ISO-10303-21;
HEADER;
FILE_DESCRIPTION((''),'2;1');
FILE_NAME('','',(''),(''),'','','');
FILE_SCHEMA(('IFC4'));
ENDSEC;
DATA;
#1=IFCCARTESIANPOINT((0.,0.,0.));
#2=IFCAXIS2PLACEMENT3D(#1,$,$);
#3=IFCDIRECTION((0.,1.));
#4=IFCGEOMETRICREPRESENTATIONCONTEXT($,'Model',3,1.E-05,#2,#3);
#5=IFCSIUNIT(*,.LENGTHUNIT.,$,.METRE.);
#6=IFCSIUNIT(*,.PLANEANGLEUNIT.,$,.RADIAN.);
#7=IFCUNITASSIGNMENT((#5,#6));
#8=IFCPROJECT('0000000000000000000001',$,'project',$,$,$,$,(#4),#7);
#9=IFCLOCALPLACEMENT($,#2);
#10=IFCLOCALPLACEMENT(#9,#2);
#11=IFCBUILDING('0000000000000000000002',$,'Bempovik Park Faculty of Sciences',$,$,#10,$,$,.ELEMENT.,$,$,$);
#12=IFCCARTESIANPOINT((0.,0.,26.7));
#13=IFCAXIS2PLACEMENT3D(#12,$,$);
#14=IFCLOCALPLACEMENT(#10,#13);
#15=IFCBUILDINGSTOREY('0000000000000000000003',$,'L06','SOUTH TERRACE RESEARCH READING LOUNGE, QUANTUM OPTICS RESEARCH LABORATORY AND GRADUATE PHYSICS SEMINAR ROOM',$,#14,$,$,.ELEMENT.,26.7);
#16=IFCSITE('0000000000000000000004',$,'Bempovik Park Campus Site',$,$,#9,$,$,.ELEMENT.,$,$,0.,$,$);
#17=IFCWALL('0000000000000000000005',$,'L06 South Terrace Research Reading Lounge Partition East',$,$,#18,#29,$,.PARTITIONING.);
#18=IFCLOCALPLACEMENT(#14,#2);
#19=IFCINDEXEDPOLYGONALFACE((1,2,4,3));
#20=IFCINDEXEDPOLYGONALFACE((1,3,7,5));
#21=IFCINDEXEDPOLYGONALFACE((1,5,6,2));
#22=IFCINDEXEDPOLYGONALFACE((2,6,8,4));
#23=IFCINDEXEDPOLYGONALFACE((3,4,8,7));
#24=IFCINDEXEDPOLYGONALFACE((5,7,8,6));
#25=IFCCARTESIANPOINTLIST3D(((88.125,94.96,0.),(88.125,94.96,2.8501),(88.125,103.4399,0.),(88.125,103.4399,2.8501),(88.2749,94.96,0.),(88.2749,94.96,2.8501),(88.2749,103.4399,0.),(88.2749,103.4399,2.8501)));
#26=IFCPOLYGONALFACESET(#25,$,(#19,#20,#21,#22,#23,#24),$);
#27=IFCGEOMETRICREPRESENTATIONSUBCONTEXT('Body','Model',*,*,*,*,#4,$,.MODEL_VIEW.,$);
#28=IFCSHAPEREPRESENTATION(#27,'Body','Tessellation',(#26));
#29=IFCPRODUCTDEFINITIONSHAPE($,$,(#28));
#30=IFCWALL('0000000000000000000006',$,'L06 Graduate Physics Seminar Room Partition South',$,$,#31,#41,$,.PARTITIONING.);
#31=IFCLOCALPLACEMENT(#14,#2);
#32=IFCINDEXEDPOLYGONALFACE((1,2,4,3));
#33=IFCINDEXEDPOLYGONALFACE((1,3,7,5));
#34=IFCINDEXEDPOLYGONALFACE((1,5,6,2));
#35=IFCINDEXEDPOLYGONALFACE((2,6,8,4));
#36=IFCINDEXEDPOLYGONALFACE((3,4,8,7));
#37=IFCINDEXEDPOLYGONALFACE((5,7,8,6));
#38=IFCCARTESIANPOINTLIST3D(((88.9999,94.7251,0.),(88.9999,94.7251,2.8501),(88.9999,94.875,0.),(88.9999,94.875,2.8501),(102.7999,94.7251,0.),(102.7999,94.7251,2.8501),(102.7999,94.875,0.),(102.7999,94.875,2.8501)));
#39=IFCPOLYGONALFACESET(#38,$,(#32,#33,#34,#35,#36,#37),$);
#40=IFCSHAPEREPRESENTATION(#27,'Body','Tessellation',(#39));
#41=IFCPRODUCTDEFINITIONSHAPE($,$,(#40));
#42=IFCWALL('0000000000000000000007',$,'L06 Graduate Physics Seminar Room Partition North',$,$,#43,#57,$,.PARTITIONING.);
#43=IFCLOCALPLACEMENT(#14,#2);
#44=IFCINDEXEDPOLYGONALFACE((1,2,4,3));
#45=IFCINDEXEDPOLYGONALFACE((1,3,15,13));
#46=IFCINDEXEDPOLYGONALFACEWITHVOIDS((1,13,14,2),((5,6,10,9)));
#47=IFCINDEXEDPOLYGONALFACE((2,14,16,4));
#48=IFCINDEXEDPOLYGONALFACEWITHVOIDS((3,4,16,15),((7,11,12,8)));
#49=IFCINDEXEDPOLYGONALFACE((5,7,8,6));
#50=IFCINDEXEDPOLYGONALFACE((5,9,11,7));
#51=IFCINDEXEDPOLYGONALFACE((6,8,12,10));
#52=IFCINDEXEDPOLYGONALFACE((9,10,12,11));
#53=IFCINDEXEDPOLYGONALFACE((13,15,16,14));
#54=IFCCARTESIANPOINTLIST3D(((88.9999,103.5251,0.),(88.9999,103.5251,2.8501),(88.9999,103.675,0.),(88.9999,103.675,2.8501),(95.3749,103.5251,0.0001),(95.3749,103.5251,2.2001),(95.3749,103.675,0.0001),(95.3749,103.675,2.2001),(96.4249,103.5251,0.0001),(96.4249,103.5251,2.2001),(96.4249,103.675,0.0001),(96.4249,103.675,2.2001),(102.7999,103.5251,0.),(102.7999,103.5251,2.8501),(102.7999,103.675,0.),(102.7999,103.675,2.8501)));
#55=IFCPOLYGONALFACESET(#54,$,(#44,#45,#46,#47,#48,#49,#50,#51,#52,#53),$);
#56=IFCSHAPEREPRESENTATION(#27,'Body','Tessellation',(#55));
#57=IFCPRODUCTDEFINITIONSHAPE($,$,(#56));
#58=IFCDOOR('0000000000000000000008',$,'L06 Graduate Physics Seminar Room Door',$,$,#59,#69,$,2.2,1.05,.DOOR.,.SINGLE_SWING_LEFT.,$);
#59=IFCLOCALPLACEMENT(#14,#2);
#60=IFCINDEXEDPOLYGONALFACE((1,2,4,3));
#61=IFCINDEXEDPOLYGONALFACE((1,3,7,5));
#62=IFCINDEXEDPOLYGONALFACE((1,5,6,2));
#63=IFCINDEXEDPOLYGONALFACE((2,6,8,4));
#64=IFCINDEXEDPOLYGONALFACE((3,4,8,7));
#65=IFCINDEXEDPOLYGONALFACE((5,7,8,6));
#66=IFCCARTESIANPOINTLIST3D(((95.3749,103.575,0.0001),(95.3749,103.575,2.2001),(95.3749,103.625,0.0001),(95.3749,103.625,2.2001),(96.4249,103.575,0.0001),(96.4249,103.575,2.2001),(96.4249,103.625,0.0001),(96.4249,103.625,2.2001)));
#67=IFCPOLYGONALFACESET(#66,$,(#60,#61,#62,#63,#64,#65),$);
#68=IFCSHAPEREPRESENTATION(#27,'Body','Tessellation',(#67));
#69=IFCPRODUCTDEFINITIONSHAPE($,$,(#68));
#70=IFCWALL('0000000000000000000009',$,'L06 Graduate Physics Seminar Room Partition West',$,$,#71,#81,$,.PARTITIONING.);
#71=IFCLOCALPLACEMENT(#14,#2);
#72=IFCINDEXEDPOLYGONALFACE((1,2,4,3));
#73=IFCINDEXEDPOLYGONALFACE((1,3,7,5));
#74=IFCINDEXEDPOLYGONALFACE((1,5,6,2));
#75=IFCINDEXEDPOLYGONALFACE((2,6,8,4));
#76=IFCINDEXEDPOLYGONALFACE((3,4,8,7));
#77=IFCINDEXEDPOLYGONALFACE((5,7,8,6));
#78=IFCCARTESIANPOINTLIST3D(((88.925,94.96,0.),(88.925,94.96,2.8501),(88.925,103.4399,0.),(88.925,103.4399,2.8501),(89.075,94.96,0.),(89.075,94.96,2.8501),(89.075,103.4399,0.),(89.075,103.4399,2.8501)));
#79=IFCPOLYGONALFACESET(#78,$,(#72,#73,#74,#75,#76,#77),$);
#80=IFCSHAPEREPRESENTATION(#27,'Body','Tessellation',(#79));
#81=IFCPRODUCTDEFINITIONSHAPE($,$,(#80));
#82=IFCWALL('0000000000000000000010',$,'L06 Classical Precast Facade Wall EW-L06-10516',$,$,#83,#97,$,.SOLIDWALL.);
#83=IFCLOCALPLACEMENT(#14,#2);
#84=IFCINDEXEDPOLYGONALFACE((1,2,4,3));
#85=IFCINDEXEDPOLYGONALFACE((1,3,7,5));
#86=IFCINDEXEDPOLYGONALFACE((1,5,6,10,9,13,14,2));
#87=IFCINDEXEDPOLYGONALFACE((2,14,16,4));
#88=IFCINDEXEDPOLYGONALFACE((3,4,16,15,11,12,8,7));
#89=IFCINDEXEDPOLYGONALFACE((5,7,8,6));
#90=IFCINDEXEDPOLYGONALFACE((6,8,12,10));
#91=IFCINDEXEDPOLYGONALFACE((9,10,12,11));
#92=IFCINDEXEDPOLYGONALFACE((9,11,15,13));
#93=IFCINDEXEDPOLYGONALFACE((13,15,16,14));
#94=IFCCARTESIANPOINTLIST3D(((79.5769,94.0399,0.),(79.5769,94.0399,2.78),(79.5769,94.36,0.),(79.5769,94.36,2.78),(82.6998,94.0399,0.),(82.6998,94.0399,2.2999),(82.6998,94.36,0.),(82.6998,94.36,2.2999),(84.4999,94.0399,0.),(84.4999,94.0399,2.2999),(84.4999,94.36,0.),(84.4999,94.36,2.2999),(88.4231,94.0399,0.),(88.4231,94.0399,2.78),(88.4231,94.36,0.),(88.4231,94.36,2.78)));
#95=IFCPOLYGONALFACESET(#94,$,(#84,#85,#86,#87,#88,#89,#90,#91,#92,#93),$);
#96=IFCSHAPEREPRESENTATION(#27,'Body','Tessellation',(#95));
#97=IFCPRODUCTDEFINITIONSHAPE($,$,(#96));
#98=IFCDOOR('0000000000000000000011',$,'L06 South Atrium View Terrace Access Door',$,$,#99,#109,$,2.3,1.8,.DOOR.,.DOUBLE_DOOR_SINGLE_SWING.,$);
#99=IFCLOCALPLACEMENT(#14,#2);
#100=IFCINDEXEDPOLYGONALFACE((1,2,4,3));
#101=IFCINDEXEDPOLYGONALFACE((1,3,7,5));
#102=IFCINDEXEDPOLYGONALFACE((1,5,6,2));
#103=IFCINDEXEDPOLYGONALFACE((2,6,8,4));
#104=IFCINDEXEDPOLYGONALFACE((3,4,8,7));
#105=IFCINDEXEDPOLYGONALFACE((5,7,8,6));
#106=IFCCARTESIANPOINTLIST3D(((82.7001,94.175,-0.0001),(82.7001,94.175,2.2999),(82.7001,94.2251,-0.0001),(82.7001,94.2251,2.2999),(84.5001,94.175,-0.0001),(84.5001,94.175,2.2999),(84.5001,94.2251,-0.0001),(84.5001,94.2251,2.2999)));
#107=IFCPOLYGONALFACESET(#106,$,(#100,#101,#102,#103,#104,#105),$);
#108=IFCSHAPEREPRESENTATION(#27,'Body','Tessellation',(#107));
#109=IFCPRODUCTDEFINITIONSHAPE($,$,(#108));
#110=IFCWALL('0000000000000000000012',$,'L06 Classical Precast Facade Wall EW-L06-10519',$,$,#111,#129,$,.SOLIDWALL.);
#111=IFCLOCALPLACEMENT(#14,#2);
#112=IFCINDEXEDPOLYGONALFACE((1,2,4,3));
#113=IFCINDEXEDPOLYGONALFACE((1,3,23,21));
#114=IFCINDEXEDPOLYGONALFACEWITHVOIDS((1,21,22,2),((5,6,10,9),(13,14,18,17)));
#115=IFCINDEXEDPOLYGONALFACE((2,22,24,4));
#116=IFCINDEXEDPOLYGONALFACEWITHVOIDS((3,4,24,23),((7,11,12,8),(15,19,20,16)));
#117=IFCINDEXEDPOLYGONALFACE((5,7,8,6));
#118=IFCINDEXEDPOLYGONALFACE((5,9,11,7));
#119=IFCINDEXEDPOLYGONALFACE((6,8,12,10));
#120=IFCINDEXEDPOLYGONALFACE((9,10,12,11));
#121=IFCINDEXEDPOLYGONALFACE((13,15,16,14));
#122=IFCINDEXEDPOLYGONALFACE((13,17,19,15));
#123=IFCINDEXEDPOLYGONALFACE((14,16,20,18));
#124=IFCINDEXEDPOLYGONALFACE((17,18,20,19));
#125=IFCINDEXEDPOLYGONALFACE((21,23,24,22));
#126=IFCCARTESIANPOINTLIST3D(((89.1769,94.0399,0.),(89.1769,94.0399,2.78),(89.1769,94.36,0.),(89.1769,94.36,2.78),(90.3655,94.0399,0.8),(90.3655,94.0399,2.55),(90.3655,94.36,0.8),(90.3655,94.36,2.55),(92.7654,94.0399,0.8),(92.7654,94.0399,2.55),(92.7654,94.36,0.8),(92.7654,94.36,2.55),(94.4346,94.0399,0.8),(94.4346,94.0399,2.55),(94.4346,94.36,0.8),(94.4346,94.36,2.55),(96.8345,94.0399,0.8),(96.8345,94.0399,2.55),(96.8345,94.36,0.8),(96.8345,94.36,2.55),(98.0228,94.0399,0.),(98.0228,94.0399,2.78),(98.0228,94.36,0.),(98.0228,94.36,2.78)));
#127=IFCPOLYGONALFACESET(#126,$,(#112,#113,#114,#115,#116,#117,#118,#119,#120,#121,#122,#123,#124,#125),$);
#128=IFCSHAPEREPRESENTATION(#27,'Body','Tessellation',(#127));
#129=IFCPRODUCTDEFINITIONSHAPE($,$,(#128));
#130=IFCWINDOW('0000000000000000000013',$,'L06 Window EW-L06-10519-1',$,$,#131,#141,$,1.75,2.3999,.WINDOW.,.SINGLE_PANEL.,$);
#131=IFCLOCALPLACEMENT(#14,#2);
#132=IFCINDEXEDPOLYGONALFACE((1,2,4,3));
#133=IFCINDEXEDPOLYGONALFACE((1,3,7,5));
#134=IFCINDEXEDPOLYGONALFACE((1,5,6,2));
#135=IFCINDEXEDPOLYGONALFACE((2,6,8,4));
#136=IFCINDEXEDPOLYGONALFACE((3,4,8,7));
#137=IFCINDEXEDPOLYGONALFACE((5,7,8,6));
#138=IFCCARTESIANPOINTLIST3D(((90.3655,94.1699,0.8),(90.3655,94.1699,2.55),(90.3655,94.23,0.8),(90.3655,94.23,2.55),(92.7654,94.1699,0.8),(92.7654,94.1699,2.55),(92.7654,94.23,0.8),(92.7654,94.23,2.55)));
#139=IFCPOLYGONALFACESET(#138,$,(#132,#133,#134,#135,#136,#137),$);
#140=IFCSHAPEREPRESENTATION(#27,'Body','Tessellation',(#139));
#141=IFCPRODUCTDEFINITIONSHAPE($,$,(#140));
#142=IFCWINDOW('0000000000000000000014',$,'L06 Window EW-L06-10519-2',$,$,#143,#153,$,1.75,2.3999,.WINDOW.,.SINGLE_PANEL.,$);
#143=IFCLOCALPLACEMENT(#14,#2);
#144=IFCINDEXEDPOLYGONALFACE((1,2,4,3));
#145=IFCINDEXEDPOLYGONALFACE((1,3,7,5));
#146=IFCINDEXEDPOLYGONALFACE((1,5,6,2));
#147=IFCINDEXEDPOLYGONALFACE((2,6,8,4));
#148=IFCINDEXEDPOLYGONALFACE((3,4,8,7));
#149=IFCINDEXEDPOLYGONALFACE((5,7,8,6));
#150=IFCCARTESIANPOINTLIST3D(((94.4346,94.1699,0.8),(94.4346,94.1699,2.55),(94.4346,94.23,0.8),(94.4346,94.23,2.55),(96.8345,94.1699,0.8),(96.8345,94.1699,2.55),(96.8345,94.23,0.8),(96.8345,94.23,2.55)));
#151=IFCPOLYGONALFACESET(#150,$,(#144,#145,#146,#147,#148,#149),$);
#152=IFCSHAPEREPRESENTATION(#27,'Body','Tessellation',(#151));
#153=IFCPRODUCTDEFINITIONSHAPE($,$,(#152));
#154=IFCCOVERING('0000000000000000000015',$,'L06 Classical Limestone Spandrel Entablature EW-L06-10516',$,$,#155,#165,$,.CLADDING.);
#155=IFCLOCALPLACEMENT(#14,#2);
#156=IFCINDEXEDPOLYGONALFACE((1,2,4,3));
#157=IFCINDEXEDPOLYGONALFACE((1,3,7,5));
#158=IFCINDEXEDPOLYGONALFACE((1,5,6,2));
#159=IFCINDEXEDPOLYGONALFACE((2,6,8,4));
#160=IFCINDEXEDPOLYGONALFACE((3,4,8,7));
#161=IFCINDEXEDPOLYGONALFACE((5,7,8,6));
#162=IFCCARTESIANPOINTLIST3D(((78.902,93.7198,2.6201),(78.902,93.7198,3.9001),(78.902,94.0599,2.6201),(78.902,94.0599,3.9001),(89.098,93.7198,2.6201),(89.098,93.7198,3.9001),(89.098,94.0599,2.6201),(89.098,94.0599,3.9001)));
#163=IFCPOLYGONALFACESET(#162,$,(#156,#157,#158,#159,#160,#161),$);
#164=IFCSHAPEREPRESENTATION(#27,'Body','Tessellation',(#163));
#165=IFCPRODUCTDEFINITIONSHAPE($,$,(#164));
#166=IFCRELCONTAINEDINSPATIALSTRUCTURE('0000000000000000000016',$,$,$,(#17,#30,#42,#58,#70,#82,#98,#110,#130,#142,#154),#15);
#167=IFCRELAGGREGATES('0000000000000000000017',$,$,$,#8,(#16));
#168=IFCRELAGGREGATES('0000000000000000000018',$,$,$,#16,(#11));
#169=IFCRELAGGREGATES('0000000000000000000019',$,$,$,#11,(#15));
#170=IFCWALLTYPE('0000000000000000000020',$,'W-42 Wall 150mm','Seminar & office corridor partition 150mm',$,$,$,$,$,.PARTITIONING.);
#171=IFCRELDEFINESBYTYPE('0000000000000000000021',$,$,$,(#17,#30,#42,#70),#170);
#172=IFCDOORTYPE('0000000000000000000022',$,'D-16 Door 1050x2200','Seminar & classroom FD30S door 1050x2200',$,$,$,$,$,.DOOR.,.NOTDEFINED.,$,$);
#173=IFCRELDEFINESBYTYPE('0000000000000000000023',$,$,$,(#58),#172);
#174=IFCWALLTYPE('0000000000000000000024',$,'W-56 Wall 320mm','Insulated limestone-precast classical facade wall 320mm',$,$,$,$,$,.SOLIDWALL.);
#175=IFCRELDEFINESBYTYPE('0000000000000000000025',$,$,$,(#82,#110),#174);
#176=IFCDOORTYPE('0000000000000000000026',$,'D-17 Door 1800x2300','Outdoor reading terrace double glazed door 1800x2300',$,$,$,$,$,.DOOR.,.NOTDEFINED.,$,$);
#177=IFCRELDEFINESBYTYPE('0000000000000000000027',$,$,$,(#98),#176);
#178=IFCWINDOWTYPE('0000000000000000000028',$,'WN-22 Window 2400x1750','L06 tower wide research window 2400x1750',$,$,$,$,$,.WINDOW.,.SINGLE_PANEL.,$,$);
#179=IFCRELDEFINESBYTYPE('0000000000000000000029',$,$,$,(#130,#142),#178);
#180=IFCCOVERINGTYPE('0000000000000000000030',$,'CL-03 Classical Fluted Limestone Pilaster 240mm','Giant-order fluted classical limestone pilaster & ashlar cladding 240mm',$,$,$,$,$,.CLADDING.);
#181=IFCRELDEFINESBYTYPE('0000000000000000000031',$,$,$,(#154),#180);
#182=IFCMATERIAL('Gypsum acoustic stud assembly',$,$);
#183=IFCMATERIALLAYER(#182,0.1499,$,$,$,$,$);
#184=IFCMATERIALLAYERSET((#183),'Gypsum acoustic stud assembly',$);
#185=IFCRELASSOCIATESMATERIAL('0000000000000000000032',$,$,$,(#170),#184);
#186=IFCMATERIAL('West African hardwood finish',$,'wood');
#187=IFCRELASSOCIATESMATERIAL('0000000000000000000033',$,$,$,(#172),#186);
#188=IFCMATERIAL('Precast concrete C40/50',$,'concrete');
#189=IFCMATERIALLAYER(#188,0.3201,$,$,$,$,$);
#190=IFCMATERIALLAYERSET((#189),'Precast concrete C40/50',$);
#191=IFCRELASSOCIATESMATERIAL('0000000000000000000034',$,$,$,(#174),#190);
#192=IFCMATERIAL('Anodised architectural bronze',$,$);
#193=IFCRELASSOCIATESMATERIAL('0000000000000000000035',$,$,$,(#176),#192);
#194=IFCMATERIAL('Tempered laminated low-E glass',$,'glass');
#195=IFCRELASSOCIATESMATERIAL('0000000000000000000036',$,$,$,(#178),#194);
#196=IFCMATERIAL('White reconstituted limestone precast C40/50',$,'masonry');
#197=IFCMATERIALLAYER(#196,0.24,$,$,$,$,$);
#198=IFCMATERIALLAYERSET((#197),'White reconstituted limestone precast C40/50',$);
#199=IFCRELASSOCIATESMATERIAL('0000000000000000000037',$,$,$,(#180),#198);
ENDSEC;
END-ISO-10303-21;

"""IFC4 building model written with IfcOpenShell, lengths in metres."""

from ifc_helpers import new_model, si_unit, direction, frame, frame_2d, origin, origin_2d, place, context, subcontext, project, spatial, rectangle, extrude, material, layer, layer_set, type_object, element, fill, save


model = new_model("IFC4")

# Units and contexts
model_context = context("Model", 3, precision=1e-05, world=origin(), true_north=direction((0.0, 1.0)))
body_context = subcontext(model_context, "Body", "Model", "MODEL_VIEW")
ifc_project = project(units=[si_unit("LENGTHUNIT", "METRE"), si_unit("PLANEANGLEUNIT", "RADIAN")], contexts=[model_context])

# Site, building, storey
site_placement = place(None, origin())
site = spatial("IfcSite", under=ifc_project, at=site_placement, Name="Bempovik Park Campus Site", CompositionType="ELEMENT", RefElevation=0.0)
building_placement = place(site_placement, origin())
building = spatial("IfcBuilding", under=site, at=building_placement, Name="Bempovik Park Faculty of Sciences", CompositionType="ELEMENT")
storey_placement = place(building_placement, frame((0.0, 0.0, 26.7)))
storey = spatial("IfcBuildingStorey", under=building, at=storey_placement, Name="L06", Description="SOUTH TERRACE RESEARCH READING LOUNGE, QUANTUM OPTICS RESEARCH LABORATORY AND GRADUATE PHYSICS SEMINAR ROOM", CompositionType="ELEMENT", Elevation=26.7)

# Walls
ifc_material_1 = material(Name="Gypsum acoustic stud assembly")
ifc_layer_1 = layer(ifc_material_1, 0.1499)
ifc_layer_set_1 = layer_set([ifc_layer_1], Name="Gypsum acoustic stud assembly")
wall_type_1 = type_object("IfcWallType", Name="W-42 Wall 150mm", Description="Seminar & office corridor partition 150mm", PredefinedType="PARTITIONING", material=ifc_layer_set_1)
wall_1_placement = place(storey_placement, frame((88.2, 94.96, 0.0), z_axis=(0.0, 0.0, 1.0), x_axis=(0.0, 1.0, 0.0)))
element("IfcWall", 1, at=wall_1_placement, inside=storey, type_object=wall_type_1, Name="L06 South Terrace Research Reading Lounge Partition East", PredefinedType="PARTITIONING", context=body_context, shape_type="SweptSolid", body=[
    extrude(rectangle(XDim=8.48, YDim=0.1499, at=frame_2d((4.24, 0.0))), origin(), (0.0, 0.0, 1.0), 2.8501),
])
wall_2_placement = place(storey_placement, frame((89.0, 94.8, 0.0), z_axis=(0.0, 0.0, 1.0), x_axis=(1.0, 0.0, 0.0)))
element("IfcWall", 2, at=wall_2_placement, inside=storey, type_object=wall_type_1, Name="L06 Graduate Physics Seminar Room Partition South", PredefinedType="PARTITIONING", context=body_context, shape_type="SweptSolid", body=[
    extrude(rectangle(XDim=13.8, YDim=0.1499, at=frame_2d((6.8999, 0.0))), origin(), (0.0, 0.0, 1.0), 2.8501),
])

# Wall, opening, door
wall_3_placement = place(storey_placement, frame((89.0, 103.6001, 0.0), z_axis=(0.0, 0.0, 1.0), x_axis=(1.0, 0.0, 0.0)))
wall_3 = element("IfcWall", 3, at=wall_3_placement, inside=storey, type_object=wall_type_1, Name="L06 Graduate Physics Seminar Room Partition North", PredefinedType="PARTITIONING", context=body_context, shape_type="SweptSolid", body=[
    extrude(rectangle(XDim=13.8, YDim=0.1499, at=frame_2d((6.8999, 0.0))), origin(), (0.0, 0.0, 1.0), 2.8501),
])
opening_1_placement = place(wall_3_placement, frame((6.375, 0.0, 0.0)))
opening_1 = element("IfcOpeningElement", 4, at=opening_1_placement, cuts=wall_3, PredefinedType="OPENING", context=body_context, shape_type="SweptSolid", body=[
    extrude(rectangle(XDim=1.05, YDim=2.2, at=frame_2d((0.5249, 1.1001))), frame((0.0, 0.085, 0.0), z_axis=(0.0, -1.0, 0.0), x_axis=(1.0, 0.0, 0.0)), (0.0, 0.0, 1.0), 0.1699),
])
ifc_material_2 = material(Name="West African hardwood finish", Category="wood")
door_type_1 = type_object("IfcDoorType", Name="D-16 Door 1050x2200", Description="Seminar & classroom FD30S door 1050x2200", OperationType="NOTDEFINED", PredefinedType="DOOR", material=ifc_material_2)
door_1_placement = place(opening_1_placement, origin())
door_1 = element("IfcDoor", 5, at=door_1_placement, inside=storey, type_object=door_type_1, Name="L06 Graduate Physics Seminar Room Door", OperationType="SINGLE_SWING_LEFT", OverallHeight=2.2, OverallWidth=1.05, PredefinedType="DOOR", context=body_context, shape_type="SweptSolid", body=[
    extrude(rectangle(XDim=1.05, YDim=2.2, at=frame_2d((0.5249, 1.1001))), frame((0.0, 0.0249, 0.0), z_axis=(0.0, -1.0, 0.0), x_axis=(1.0, 0.0, 0.0)), (0.0, 0.0, 1.0), 0.05),
])
fill(opening_1, door_1)

# Wall
wall_4_placement = place(storey_placement, frame((89.0, 94.96, 0.0), z_axis=(0.0, 0.0, 1.0), x_axis=(0.0, 1.0, 0.0)))
element("IfcWall", 6, at=wall_4_placement, inside=storey, type_object=wall_type_1, Name="L06 Graduate Physics Seminar Room Partition West", PredefinedType="PARTITIONING", context=body_context, shape_type="SweptSolid", body=[
    extrude(rectangle(XDim=8.48, YDim=0.1499, at=frame_2d((4.24, 0.0))), origin(), (0.0, 0.0, 1.0), 2.8501),
])

# Wall, opening, door
ifc_material_3 = material(Name="Precast concrete C40/50", Category="concrete")
ifc_layer_2 = layer(ifc_material_3, 0.3201)
ifc_layer_set_2 = layer_set([ifc_layer_2], Name="Precast concrete C40/50")
wall_type_2 = type_object("IfcWallType", Name="W-56 Wall 320mm", Description="Insulated limestone-precast classical facade wall 320mm", PredefinedType="SOLIDWALL", material=ifc_layer_set_2)
wall_5_placement = place(storey_placement, frame((79.5769, 94.2, 0.0), z_axis=(0.0, 0.0, 1.0), x_axis=(1.0, 0.0, 0.0)))
wall_5 = element("IfcWall", 7, at=wall_5_placement, inside=storey, type_object=wall_type_2, Name="L06 Classical Precast Facade Wall EW-L06-10516", PredefinedType="SOLIDWALL", context=body_context, shape_type="SweptSolid", body=[
    extrude(rectangle(XDim=8.8462, YDim=0.3201, at=frame_2d((4.4231, 0.0))), origin(), (0.0, 0.0, 1.0), 2.78),
])
opening_2_placement = place(wall_5_placement, frame((3.123, 0.0, 0.0)))
opening_2 = element("IfcOpeningElement", 8, at=opening_2_placement, cuts=wall_5, PredefinedType="OPENING", context=body_context, shape_type="SweptSolid", body=[
    extrude(rectangle(XDim=1.8, YDim=2.3, at=frame_2d((0.8999, 1.1499))), frame((0.0, 0.1699, 0.0), z_axis=(0.0, -1.0, 0.0), x_axis=(1.0, 0.0, 0.0)), (0.0, 0.0, 1.0), 0.3401),
])
ifc_material_4 = material(Name="Anodised architectural bronze")
door_type_2 = type_object("IfcDoorType", Name="D-17 Door 1800x2300", Description="Outdoor reading terrace double glazed door 1800x2300", OperationType="NOTDEFINED", PredefinedType="DOOR", material=ifc_material_4)
door_2_placement = place(opening_2_placement, frame((1.8, 0.0, 0.0), z_axis=(0.0, 0.0, 1.0), x_axis=(-1.0, 0.0, 0.0)))
door_2 = element("IfcDoor", 9, at=door_2_placement, inside=storey, type_object=door_type_2, Name="L06 South Atrium View Terrace Access Door", OperationType="DOUBLE_DOOR_SINGLE_SWING", OverallHeight=2.3, OverallWidth=1.8, PredefinedType="DOOR", context=body_context, shape_type="SweptSolid", body=[
    extrude(rectangle(XDim=1.8, YDim=2.3, at=frame_2d((0.8999, 1.1499))), frame((0.0, 0.0249, 0.0), z_axis=(0.0, -1.0, 0.0), x_axis=(1.0, 0.0, 0.0)), (0.0, 0.0, 1.0), 0.05),
])
fill(opening_2, door_2)

# Wall, openings, windows
wall_6_placement = place(storey_placement, frame((89.177, 94.2, 0.0), z_axis=(0.0, 0.0, 1.0), x_axis=(1.0, 0.0, 0.0)))
wall_6 = element("IfcWall", 10, at=wall_6_placement, inside=storey, type_object=wall_type_2, Name="L06 Classical Precast Facade Wall EW-L06-10519", PredefinedType="SOLIDWALL", context=body_context, shape_type="SweptSolid", body=[
    extrude(rectangle(XDim=8.8459, YDim=0.3201, at=frame_2d((4.4229, 0.0))), origin(), (0.0, 0.0, 1.0), 2.78),
])
opening_3_placement = place(wall_6_placement, frame((1.1885, 0.0, 0.8)))
opening_3 = element("IfcOpeningElement", 11, at=opening_3_placement, cuts=wall_6, PredefinedType="OPENING", context=body_context, shape_type="SweptSolid", body=[
    extrude(rectangle(XDim=2.3999, YDim=1.75, at=frame_2d((1.2, 0.875))), frame((0.0, 0.1699, 0.0), z_axis=(0.0, -1.0, 0.0), x_axis=(1.0, 0.0, 0.0)), (0.0, 0.0, 1.0), 0.3401),
])
opening_4_placement = place(wall_6_placement, frame((5.2576, 0.0, 0.8)))
opening_4 = element("IfcOpeningElement", 12, at=opening_4_placement, cuts=wall_6, PredefinedType="OPENING", context=body_context, shape_type="SweptSolid", body=[
    extrude(rectangle(XDim=2.3999, YDim=1.75, at=frame_2d((1.2, 0.875))), frame((0.0, 0.1699, 0.0), z_axis=(0.0, -1.0, 0.0), x_axis=(1.0, 0.0, 0.0)), (0.0, 0.0, 1.0), 0.3401),
])
ifc_material_5 = material(Name="Tempered laminated low-E glass", Category="glass")
window_type = type_object("IfcWindowType", Name="WN-22 Window 2400x1750", Description="L06 tower wide research window 2400x1750", PartitioningType="SINGLE_PANEL", PredefinedType="WINDOW", material=ifc_material_5)
window_1_placement = place(opening_3_placement, origin())
window_1 = element("IfcWindow", 13, at=window_1_placement, inside=storey, type_object=window_type, Name="L06 Window EW-L06-10519-1", OverallHeight=1.75, OverallWidth=2.3999, PartitioningType="SINGLE_PANEL", PredefinedType="WINDOW", context=body_context, shape_type="SweptSolid", body=[
    extrude(rectangle(XDim=2.3999, YDim=1.75, at=frame_2d((1.2, 0.875))), frame((0.0, 0.03, 0.0), z_axis=(0.0, -1.0, 0.0), x_axis=(1.0, 0.0, 0.0)), (0.0, 0.0, 1.0), 0.0601),
])
fill(opening_3, window_1)
window_2_placement = place(opening_4_placement, origin())
window_2 = element("IfcWindow", 14, at=window_2_placement, inside=storey, type_object=window_type, Name="L06 Window EW-L06-10519-2", OverallHeight=1.75, OverallWidth=2.3999, PartitioningType="SINGLE_PANEL", PredefinedType="WINDOW", context=body_context, shape_type="SweptSolid", body=[
    extrude(rectangle(XDim=2.3999, YDim=1.75, at=frame_2d((1.2, 0.875))), frame((0.0, 0.03, 0.0), z_axis=(0.0, -1.0, 0.0), x_axis=(1.0, 0.0, 0.0)), (0.0, 0.0, 1.0), 0.0601),
])
fill(opening_4, window_2)

# Covering
ifc_material_6 = material(Name="White reconstituted limestone precast C40/50", Category="masonry")
ifc_layer_3 = layer(ifc_material_6, 0.24)
ifc_layer_set_3 = layer_set([ifc_layer_3], Name="White reconstituted limestone precast C40/50")
covering_type = type_object("IfcCoveringType", Name="CL-03 Classical Fluted Limestone Pilaster 240mm", Description="Giant-order fluted classical limestone pilaster & ashlar cladding 240mm", PredefinedType="CLADDING", material=ifc_layer_set_3)
covering_1_placement = place(storey_placement, frame((84.0, 93.8899, 2.6201), z_axis=(0.0, 0.0, 1.0), x_axis=(1.0, 0.0, 0.0)))
element("IfcCovering", 15, at=covering_1_placement, inside=storey, type_object=covering_type, Name="L06 Classical Limestone Spandrel Entablature EW-L06-10516", PredefinedType="CLADDING", context=body_context, shape_type="SweptSolid", body=[
    extrude(rectangle(XDim=10.196, YDim=0.3401, at=origin_2d()), origin(), (0.0, 0.0, 1.0), 1.28),
])

save(model, "model.ifc")
